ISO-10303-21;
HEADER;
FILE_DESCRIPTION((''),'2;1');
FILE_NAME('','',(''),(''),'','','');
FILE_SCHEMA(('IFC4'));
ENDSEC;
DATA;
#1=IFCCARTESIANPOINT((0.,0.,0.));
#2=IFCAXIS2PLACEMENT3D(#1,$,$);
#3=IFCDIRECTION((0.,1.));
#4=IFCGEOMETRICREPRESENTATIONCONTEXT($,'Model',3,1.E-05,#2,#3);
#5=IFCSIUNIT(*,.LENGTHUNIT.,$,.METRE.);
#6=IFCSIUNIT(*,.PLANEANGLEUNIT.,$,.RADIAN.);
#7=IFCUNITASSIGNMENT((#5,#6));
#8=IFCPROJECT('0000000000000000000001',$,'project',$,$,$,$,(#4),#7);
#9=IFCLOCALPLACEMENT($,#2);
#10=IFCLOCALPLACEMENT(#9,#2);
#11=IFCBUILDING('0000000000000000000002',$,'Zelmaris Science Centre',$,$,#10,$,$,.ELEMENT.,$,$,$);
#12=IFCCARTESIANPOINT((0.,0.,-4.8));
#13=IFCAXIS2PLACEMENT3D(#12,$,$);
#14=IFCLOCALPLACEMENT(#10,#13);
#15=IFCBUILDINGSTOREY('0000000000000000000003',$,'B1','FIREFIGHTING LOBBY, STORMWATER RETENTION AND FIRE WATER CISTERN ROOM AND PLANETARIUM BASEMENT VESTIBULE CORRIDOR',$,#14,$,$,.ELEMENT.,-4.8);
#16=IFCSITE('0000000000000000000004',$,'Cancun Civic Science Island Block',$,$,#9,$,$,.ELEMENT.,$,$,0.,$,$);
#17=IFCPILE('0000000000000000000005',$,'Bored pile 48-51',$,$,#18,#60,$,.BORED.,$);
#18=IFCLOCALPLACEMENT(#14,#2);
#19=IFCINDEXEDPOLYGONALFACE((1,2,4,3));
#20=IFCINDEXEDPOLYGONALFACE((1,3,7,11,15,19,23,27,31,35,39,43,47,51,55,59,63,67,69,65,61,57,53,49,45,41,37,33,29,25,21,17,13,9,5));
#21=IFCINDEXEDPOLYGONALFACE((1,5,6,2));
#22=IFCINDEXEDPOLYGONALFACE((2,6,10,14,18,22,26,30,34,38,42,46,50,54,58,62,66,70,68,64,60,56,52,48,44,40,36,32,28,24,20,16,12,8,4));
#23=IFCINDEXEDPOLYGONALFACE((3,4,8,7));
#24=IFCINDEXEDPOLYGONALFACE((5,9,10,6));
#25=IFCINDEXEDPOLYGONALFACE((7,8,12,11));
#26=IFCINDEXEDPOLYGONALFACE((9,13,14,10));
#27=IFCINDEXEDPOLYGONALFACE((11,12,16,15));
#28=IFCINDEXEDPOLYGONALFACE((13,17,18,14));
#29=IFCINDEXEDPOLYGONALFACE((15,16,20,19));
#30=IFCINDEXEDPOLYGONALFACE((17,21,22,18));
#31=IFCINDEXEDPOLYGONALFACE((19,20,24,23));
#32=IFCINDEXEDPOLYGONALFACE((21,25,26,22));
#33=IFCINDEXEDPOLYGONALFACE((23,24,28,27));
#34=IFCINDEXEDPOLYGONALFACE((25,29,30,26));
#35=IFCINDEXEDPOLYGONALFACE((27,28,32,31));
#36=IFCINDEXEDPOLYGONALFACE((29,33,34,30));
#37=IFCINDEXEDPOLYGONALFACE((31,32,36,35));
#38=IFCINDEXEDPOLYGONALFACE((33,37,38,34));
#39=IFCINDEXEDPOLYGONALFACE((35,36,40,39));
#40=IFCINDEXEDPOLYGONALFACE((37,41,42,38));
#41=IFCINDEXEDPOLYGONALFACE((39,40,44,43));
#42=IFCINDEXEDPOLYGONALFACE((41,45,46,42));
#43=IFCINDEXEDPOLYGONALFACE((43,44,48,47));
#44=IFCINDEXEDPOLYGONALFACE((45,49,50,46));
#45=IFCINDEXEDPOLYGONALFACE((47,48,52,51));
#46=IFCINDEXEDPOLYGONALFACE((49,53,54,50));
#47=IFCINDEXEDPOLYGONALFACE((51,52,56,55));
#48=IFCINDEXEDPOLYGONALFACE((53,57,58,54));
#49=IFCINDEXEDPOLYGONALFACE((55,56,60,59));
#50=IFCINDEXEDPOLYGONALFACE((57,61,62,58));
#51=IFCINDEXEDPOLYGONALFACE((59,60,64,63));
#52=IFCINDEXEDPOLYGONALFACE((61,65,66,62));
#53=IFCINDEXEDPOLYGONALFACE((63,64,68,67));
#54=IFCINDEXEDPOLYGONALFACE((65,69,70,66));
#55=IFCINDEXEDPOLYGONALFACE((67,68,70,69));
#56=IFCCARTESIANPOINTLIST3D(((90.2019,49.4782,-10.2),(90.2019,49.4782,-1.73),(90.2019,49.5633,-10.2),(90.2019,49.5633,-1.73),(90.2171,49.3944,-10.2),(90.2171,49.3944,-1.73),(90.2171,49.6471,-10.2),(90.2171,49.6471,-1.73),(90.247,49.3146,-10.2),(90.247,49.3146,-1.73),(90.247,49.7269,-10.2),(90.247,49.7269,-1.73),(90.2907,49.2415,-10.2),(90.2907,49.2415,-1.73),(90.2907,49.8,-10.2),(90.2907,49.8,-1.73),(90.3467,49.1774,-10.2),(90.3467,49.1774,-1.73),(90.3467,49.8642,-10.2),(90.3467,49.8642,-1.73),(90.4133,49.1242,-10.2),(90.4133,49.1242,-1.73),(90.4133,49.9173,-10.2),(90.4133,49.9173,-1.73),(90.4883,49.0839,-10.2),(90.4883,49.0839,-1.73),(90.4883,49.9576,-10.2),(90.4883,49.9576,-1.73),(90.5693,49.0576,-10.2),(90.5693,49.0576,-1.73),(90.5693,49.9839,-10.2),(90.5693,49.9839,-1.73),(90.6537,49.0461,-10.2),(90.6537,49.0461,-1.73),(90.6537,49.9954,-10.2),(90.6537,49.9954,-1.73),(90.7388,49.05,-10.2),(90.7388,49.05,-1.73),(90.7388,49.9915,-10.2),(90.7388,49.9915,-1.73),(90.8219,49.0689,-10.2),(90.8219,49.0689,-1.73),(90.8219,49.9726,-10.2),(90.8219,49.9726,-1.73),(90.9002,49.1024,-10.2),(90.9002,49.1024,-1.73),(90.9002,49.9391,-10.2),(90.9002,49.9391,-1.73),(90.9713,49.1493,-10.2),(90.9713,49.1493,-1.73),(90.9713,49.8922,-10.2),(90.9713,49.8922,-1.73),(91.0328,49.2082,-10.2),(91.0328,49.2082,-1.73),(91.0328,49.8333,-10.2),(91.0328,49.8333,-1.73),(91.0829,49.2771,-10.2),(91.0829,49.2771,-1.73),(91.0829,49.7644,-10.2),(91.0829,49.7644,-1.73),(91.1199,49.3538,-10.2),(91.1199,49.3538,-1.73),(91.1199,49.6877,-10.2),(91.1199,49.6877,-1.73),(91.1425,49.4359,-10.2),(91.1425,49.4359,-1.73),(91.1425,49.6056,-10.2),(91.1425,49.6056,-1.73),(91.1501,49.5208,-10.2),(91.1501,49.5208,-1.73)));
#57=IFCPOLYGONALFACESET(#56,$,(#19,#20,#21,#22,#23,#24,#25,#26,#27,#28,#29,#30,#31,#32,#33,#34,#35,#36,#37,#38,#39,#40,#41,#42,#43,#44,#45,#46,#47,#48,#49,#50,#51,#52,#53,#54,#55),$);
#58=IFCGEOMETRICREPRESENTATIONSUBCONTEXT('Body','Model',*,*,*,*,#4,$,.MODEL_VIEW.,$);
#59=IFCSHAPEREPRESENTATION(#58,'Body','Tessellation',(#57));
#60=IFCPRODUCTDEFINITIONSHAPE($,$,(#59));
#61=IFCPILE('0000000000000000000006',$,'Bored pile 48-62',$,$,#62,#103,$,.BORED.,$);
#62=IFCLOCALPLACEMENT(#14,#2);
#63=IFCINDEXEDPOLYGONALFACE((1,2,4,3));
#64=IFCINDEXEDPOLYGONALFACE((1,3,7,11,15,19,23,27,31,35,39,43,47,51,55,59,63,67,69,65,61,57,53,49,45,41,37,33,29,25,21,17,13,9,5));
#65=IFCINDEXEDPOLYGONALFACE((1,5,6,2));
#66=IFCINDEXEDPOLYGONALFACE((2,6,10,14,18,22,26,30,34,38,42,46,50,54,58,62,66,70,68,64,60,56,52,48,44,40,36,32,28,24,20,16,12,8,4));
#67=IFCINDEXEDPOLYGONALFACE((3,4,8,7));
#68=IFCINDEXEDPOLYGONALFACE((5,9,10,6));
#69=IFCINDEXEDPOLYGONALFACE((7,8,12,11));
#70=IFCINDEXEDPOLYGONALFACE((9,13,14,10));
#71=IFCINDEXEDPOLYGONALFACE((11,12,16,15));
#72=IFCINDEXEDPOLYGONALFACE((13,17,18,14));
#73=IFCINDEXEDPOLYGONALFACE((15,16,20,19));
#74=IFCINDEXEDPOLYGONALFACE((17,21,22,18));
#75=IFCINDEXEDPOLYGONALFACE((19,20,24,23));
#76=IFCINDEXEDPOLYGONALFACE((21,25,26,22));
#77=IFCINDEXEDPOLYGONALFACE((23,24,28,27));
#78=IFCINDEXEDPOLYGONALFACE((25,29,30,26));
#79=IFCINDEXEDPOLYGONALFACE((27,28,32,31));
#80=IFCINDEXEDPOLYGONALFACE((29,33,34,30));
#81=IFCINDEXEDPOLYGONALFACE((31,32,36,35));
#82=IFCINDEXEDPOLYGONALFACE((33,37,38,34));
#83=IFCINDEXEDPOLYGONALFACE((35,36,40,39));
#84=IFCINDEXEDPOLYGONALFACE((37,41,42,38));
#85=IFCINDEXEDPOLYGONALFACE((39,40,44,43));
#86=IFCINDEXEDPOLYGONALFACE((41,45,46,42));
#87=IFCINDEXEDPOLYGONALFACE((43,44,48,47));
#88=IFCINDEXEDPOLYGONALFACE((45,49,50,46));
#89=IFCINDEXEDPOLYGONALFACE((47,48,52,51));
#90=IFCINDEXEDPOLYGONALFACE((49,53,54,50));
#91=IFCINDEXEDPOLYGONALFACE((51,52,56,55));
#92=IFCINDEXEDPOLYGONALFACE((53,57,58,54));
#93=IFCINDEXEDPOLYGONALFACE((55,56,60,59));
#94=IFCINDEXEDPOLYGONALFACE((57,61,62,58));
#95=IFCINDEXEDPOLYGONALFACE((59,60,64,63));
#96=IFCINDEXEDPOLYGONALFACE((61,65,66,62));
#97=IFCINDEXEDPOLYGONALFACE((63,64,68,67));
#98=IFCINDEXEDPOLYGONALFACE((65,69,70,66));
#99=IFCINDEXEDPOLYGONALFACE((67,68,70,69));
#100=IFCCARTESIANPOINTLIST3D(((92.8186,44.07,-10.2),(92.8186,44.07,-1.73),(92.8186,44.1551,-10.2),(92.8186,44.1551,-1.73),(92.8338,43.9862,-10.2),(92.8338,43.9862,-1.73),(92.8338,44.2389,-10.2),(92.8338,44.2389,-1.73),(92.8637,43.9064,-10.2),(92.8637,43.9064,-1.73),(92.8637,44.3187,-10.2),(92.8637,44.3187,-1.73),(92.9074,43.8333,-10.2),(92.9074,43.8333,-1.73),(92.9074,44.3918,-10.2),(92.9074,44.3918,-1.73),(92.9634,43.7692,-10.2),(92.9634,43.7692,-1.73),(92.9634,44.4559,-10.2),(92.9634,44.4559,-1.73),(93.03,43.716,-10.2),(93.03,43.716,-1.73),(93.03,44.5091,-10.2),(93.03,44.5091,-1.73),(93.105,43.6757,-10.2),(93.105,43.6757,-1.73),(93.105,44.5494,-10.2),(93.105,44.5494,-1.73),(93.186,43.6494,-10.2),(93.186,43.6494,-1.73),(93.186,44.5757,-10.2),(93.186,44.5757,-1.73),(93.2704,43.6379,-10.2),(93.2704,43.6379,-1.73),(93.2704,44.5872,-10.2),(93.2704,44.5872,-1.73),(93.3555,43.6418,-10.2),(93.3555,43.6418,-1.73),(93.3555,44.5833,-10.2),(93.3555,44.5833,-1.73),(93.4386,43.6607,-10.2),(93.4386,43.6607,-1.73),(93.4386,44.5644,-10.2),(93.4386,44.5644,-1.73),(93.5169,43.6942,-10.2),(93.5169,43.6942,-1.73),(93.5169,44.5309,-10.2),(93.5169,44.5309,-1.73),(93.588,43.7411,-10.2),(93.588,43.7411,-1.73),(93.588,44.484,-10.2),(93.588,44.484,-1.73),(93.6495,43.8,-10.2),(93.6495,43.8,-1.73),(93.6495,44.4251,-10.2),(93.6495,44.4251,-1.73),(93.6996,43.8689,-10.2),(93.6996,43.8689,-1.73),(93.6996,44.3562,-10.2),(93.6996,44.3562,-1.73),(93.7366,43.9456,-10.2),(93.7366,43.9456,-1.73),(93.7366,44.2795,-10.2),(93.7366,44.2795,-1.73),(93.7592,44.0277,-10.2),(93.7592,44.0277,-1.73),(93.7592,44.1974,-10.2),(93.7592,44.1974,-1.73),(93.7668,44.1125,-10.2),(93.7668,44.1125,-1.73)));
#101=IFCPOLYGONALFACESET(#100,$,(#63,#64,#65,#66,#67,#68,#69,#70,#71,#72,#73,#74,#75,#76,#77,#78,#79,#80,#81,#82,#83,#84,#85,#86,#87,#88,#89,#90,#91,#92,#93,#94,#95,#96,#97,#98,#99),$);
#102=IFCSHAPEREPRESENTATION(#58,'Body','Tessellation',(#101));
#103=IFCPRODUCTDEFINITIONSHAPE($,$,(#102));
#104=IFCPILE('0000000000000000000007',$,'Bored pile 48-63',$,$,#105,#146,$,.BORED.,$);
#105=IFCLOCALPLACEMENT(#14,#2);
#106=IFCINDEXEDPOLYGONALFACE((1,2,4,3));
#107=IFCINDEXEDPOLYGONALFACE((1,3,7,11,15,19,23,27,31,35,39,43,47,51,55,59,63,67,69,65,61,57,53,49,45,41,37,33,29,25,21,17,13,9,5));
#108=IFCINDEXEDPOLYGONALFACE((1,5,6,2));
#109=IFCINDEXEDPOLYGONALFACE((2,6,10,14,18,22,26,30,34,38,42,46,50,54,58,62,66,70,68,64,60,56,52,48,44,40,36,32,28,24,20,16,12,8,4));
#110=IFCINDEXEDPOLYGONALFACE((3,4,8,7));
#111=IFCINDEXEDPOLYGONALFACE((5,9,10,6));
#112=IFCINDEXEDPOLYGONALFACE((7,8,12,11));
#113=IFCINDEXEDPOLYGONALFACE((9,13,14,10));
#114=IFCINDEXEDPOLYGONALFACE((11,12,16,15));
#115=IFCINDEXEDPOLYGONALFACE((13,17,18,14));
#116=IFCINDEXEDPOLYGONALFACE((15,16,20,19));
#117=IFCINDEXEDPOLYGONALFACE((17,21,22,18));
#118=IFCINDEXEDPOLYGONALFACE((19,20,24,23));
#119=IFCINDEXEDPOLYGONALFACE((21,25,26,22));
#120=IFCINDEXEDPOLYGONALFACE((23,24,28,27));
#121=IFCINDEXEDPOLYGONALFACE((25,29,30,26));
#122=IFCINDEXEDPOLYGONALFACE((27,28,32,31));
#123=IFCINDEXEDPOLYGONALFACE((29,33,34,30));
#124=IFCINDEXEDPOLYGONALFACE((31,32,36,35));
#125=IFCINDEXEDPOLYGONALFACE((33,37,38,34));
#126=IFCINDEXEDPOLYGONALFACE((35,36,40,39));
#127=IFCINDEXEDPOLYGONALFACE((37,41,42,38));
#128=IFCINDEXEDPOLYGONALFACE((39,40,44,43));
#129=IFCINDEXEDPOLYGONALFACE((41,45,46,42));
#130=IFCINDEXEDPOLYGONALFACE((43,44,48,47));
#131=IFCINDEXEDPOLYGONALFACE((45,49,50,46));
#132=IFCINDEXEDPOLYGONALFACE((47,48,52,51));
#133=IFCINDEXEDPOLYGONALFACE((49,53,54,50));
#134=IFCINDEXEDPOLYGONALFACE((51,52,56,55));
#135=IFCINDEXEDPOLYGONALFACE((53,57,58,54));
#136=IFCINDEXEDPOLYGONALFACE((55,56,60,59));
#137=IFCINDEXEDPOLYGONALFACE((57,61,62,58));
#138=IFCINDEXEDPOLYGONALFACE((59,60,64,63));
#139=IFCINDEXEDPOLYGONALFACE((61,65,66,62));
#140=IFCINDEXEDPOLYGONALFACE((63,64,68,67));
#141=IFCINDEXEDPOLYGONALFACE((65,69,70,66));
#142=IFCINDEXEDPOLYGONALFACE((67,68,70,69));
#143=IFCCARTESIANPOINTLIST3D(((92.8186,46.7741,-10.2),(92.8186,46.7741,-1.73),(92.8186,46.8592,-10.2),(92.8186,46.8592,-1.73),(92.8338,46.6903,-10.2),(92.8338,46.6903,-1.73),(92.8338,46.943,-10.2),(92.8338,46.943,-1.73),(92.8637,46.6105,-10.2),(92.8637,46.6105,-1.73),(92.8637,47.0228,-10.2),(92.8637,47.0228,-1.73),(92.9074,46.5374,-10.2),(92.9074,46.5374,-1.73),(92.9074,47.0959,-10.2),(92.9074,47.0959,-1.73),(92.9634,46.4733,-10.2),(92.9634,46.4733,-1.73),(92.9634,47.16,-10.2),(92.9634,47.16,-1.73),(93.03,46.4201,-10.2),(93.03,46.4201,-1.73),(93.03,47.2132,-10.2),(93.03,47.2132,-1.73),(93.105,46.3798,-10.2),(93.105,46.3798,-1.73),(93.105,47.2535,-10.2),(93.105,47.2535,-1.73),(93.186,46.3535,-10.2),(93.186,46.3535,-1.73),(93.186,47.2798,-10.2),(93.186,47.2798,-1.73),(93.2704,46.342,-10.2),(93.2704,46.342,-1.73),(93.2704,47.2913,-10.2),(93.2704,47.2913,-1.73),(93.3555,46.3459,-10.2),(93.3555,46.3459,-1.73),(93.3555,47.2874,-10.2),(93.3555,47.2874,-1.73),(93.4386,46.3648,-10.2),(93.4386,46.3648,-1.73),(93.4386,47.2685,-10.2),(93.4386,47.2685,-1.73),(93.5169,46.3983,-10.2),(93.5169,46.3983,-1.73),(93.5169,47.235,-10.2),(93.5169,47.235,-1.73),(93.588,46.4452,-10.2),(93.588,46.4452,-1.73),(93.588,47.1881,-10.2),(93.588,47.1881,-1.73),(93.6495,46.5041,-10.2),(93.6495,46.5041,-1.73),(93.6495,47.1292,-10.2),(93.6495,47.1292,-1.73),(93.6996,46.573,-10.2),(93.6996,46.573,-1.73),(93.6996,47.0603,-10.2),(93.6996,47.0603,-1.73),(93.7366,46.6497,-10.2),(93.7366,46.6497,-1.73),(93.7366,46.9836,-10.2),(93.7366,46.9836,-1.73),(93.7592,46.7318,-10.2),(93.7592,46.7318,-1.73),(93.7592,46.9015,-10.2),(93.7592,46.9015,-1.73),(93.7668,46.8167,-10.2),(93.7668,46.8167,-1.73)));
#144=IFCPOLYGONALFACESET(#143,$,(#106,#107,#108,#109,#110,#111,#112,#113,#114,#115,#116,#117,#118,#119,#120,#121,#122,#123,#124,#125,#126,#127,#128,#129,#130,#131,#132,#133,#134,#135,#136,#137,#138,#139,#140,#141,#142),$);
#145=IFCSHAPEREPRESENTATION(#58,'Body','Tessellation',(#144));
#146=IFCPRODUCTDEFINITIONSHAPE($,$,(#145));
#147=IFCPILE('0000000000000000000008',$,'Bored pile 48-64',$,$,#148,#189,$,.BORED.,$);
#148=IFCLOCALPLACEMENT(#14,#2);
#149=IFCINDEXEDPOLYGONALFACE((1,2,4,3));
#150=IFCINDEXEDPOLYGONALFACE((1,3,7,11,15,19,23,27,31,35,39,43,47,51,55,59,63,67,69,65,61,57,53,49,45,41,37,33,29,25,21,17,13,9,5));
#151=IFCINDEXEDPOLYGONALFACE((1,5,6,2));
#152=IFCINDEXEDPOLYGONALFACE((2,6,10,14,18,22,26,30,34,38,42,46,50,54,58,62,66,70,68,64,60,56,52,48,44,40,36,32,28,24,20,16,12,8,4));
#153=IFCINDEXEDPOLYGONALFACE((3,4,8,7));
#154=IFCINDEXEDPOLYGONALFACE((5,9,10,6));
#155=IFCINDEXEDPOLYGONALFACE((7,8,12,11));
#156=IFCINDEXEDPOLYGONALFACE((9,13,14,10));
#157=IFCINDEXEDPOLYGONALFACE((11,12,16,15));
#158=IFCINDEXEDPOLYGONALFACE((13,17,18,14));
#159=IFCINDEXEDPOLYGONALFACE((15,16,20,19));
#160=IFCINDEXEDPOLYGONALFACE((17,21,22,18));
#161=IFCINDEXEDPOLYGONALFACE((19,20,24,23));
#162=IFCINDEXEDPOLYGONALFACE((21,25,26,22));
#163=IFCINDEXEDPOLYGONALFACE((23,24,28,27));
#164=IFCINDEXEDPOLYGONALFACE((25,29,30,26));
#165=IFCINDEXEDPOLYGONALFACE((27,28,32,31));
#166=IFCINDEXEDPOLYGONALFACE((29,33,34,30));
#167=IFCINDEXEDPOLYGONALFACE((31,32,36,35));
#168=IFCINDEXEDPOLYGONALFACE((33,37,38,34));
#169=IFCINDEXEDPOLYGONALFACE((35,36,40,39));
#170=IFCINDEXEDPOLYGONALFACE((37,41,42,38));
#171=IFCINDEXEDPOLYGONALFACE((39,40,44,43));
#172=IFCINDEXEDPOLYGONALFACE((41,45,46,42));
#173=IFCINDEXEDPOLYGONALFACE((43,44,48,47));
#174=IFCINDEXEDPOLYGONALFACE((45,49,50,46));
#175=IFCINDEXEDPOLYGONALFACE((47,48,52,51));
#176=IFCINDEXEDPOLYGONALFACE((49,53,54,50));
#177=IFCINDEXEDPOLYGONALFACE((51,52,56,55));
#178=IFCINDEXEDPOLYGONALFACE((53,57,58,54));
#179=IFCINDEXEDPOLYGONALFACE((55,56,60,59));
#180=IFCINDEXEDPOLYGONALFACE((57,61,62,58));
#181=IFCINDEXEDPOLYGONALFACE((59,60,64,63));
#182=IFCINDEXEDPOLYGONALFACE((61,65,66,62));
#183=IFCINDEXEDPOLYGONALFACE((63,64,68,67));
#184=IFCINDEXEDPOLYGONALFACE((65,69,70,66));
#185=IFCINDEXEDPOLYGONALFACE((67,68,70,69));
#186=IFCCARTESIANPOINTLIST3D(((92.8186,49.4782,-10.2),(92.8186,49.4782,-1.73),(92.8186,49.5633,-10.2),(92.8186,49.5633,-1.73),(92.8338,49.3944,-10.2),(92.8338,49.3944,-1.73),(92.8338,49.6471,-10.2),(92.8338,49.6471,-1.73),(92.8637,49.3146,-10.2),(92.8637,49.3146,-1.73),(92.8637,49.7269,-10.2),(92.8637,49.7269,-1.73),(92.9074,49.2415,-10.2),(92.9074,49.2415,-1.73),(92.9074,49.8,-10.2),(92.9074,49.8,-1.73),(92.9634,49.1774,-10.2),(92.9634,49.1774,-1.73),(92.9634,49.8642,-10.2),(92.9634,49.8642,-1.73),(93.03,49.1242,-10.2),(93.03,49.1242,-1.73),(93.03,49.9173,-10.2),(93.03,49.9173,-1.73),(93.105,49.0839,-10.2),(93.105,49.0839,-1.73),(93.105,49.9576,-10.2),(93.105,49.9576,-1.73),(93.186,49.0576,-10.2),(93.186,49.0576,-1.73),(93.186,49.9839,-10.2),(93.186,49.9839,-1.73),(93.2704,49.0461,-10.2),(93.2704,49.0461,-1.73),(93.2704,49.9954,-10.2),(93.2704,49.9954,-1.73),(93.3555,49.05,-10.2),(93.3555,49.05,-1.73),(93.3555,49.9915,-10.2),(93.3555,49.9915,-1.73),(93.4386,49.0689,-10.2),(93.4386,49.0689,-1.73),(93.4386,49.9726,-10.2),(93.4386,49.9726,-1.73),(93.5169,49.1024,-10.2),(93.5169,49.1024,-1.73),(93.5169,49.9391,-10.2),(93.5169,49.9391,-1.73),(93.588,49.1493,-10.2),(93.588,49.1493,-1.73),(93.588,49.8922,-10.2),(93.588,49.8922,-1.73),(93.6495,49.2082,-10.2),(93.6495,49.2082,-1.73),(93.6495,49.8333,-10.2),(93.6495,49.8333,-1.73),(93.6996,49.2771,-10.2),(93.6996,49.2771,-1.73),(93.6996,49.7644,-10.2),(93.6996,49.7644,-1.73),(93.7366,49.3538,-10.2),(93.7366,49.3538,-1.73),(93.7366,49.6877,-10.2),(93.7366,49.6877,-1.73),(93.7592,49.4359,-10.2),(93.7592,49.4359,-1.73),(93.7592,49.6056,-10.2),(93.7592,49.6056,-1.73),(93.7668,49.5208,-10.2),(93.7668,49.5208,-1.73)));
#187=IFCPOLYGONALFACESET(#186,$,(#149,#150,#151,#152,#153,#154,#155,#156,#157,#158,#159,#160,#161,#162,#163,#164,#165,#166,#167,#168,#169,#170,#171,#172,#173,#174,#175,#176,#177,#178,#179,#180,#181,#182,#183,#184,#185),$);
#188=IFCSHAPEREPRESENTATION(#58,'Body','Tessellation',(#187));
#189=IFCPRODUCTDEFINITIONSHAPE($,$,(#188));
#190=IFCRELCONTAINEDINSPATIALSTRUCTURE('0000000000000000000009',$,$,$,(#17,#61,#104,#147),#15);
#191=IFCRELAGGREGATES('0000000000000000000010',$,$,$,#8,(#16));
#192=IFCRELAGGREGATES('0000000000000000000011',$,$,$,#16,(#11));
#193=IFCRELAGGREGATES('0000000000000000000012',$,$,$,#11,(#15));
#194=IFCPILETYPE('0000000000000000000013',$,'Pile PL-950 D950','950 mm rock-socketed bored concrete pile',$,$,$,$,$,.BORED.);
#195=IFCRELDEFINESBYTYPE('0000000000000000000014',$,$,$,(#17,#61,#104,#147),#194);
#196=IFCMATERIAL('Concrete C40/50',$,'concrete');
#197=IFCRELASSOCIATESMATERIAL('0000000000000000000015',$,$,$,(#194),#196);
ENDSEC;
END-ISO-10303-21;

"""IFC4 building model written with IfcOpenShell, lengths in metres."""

from ifc_helpers import new_model, si_unit, direction, frame, origin, origin_2d, place, context, subcontext, project, spatial, circle, extrude, material, material_profile, profile_set, type_object, element, save


model = new_model("IFC4")

# Units and contexts
model_context = context("Model", 3, precision=1e-05, world=origin(), true_north=direction((0.0, 1.0)))
body_context = subcontext(model_context, "Body", "Model", "MODEL_VIEW")
ifc_project = project(units=[si_unit("LENGTHUNIT", "METRE"), si_unit("PLANEANGLEUNIT", "RADIAN")], contexts=[model_context])

# Site, building, storey
site_placement = place(None, origin())
site = spatial("IfcSite", under=ifc_project, at=site_placement, Name="Cancun Civic Science Island Block", CompositionType="ELEMENT", RefElevation=0.0)
building_placement = place(site_placement, origin())
building = spatial("IfcBuilding", under=site, at=building_placement, Name="Zelmaris Science Centre", CompositionType="ELEMENT")
storey_placement = place(building_placement, frame((0.0, 0.0, -4.8)))
storey = spatial("IfcBuildingStorey", under=building, at=storey_placement, Name="B1", Description="FIREFIGHTING LOBBY, STORMWATER RETENTION AND FIRE WATER CISTERN ROOM AND PLANETARIUM BASEMENT VESTIBULE CORRIDOR", CompositionType="ELEMENT", Elevation=-4.8)

# Shared definitions
ifc_material_1 = material(Name="Concrete C40/50", Category="concrete")

# Piles
ifc_material_profile_1 = material_profile(ifc_material_1, circle(Radius=0.4751, at=origin_2d()), Name="PILE-950")
ifc_profile_set_1 = profile_set([ifc_material_profile_1], Name="Concrete C40/50")
pile_type_1 = type_object("IfcPileType", Name="Pile PL-950 D950", Description="950 mm rock-socketed bored concrete pile", PredefinedType="BORED", material=ifc_profile_set_1)
for number, where, z_axis, x_axis, name in (
    (1, (90.675, 49.5208, -1.73), (0.0, 0.0, -1.0), (1.0, 0.0, 0.0), "Bored pile 48-51"),
    (2, (93.2917, 44.1125, -1.73), (0.0, 0.0, -1.0), (1.0, 0.0, 0.0), "Bored pile 48-62"),
    (3, (93.2917, 46.8167, -1.73), (0.0, 0.0, -1.0), (1.0, 0.0, 0.0), "Bored pile 48-63"),
    (4, (93.2917, 49.5208, -1.73), (0.0, 0.0, -1.0), (1.0, 0.0, 0.0), "Bored pile 48-64"),
):
    element("IfcPile", number, at=place(storey_placement, frame(where, z_axis=z_axis, x_axis=x_axis)), inside=storey, type_object=pile_type_1, Name=name, PredefinedType="BORED", context=body_context, shape_type="SweptSolid", body=[
        extrude(circle(Radius=0.4751, at=origin_2d()), origin(), (0.0, 0.0, 1.0), 8.47),
    ])

save(model, "model.ifc")
